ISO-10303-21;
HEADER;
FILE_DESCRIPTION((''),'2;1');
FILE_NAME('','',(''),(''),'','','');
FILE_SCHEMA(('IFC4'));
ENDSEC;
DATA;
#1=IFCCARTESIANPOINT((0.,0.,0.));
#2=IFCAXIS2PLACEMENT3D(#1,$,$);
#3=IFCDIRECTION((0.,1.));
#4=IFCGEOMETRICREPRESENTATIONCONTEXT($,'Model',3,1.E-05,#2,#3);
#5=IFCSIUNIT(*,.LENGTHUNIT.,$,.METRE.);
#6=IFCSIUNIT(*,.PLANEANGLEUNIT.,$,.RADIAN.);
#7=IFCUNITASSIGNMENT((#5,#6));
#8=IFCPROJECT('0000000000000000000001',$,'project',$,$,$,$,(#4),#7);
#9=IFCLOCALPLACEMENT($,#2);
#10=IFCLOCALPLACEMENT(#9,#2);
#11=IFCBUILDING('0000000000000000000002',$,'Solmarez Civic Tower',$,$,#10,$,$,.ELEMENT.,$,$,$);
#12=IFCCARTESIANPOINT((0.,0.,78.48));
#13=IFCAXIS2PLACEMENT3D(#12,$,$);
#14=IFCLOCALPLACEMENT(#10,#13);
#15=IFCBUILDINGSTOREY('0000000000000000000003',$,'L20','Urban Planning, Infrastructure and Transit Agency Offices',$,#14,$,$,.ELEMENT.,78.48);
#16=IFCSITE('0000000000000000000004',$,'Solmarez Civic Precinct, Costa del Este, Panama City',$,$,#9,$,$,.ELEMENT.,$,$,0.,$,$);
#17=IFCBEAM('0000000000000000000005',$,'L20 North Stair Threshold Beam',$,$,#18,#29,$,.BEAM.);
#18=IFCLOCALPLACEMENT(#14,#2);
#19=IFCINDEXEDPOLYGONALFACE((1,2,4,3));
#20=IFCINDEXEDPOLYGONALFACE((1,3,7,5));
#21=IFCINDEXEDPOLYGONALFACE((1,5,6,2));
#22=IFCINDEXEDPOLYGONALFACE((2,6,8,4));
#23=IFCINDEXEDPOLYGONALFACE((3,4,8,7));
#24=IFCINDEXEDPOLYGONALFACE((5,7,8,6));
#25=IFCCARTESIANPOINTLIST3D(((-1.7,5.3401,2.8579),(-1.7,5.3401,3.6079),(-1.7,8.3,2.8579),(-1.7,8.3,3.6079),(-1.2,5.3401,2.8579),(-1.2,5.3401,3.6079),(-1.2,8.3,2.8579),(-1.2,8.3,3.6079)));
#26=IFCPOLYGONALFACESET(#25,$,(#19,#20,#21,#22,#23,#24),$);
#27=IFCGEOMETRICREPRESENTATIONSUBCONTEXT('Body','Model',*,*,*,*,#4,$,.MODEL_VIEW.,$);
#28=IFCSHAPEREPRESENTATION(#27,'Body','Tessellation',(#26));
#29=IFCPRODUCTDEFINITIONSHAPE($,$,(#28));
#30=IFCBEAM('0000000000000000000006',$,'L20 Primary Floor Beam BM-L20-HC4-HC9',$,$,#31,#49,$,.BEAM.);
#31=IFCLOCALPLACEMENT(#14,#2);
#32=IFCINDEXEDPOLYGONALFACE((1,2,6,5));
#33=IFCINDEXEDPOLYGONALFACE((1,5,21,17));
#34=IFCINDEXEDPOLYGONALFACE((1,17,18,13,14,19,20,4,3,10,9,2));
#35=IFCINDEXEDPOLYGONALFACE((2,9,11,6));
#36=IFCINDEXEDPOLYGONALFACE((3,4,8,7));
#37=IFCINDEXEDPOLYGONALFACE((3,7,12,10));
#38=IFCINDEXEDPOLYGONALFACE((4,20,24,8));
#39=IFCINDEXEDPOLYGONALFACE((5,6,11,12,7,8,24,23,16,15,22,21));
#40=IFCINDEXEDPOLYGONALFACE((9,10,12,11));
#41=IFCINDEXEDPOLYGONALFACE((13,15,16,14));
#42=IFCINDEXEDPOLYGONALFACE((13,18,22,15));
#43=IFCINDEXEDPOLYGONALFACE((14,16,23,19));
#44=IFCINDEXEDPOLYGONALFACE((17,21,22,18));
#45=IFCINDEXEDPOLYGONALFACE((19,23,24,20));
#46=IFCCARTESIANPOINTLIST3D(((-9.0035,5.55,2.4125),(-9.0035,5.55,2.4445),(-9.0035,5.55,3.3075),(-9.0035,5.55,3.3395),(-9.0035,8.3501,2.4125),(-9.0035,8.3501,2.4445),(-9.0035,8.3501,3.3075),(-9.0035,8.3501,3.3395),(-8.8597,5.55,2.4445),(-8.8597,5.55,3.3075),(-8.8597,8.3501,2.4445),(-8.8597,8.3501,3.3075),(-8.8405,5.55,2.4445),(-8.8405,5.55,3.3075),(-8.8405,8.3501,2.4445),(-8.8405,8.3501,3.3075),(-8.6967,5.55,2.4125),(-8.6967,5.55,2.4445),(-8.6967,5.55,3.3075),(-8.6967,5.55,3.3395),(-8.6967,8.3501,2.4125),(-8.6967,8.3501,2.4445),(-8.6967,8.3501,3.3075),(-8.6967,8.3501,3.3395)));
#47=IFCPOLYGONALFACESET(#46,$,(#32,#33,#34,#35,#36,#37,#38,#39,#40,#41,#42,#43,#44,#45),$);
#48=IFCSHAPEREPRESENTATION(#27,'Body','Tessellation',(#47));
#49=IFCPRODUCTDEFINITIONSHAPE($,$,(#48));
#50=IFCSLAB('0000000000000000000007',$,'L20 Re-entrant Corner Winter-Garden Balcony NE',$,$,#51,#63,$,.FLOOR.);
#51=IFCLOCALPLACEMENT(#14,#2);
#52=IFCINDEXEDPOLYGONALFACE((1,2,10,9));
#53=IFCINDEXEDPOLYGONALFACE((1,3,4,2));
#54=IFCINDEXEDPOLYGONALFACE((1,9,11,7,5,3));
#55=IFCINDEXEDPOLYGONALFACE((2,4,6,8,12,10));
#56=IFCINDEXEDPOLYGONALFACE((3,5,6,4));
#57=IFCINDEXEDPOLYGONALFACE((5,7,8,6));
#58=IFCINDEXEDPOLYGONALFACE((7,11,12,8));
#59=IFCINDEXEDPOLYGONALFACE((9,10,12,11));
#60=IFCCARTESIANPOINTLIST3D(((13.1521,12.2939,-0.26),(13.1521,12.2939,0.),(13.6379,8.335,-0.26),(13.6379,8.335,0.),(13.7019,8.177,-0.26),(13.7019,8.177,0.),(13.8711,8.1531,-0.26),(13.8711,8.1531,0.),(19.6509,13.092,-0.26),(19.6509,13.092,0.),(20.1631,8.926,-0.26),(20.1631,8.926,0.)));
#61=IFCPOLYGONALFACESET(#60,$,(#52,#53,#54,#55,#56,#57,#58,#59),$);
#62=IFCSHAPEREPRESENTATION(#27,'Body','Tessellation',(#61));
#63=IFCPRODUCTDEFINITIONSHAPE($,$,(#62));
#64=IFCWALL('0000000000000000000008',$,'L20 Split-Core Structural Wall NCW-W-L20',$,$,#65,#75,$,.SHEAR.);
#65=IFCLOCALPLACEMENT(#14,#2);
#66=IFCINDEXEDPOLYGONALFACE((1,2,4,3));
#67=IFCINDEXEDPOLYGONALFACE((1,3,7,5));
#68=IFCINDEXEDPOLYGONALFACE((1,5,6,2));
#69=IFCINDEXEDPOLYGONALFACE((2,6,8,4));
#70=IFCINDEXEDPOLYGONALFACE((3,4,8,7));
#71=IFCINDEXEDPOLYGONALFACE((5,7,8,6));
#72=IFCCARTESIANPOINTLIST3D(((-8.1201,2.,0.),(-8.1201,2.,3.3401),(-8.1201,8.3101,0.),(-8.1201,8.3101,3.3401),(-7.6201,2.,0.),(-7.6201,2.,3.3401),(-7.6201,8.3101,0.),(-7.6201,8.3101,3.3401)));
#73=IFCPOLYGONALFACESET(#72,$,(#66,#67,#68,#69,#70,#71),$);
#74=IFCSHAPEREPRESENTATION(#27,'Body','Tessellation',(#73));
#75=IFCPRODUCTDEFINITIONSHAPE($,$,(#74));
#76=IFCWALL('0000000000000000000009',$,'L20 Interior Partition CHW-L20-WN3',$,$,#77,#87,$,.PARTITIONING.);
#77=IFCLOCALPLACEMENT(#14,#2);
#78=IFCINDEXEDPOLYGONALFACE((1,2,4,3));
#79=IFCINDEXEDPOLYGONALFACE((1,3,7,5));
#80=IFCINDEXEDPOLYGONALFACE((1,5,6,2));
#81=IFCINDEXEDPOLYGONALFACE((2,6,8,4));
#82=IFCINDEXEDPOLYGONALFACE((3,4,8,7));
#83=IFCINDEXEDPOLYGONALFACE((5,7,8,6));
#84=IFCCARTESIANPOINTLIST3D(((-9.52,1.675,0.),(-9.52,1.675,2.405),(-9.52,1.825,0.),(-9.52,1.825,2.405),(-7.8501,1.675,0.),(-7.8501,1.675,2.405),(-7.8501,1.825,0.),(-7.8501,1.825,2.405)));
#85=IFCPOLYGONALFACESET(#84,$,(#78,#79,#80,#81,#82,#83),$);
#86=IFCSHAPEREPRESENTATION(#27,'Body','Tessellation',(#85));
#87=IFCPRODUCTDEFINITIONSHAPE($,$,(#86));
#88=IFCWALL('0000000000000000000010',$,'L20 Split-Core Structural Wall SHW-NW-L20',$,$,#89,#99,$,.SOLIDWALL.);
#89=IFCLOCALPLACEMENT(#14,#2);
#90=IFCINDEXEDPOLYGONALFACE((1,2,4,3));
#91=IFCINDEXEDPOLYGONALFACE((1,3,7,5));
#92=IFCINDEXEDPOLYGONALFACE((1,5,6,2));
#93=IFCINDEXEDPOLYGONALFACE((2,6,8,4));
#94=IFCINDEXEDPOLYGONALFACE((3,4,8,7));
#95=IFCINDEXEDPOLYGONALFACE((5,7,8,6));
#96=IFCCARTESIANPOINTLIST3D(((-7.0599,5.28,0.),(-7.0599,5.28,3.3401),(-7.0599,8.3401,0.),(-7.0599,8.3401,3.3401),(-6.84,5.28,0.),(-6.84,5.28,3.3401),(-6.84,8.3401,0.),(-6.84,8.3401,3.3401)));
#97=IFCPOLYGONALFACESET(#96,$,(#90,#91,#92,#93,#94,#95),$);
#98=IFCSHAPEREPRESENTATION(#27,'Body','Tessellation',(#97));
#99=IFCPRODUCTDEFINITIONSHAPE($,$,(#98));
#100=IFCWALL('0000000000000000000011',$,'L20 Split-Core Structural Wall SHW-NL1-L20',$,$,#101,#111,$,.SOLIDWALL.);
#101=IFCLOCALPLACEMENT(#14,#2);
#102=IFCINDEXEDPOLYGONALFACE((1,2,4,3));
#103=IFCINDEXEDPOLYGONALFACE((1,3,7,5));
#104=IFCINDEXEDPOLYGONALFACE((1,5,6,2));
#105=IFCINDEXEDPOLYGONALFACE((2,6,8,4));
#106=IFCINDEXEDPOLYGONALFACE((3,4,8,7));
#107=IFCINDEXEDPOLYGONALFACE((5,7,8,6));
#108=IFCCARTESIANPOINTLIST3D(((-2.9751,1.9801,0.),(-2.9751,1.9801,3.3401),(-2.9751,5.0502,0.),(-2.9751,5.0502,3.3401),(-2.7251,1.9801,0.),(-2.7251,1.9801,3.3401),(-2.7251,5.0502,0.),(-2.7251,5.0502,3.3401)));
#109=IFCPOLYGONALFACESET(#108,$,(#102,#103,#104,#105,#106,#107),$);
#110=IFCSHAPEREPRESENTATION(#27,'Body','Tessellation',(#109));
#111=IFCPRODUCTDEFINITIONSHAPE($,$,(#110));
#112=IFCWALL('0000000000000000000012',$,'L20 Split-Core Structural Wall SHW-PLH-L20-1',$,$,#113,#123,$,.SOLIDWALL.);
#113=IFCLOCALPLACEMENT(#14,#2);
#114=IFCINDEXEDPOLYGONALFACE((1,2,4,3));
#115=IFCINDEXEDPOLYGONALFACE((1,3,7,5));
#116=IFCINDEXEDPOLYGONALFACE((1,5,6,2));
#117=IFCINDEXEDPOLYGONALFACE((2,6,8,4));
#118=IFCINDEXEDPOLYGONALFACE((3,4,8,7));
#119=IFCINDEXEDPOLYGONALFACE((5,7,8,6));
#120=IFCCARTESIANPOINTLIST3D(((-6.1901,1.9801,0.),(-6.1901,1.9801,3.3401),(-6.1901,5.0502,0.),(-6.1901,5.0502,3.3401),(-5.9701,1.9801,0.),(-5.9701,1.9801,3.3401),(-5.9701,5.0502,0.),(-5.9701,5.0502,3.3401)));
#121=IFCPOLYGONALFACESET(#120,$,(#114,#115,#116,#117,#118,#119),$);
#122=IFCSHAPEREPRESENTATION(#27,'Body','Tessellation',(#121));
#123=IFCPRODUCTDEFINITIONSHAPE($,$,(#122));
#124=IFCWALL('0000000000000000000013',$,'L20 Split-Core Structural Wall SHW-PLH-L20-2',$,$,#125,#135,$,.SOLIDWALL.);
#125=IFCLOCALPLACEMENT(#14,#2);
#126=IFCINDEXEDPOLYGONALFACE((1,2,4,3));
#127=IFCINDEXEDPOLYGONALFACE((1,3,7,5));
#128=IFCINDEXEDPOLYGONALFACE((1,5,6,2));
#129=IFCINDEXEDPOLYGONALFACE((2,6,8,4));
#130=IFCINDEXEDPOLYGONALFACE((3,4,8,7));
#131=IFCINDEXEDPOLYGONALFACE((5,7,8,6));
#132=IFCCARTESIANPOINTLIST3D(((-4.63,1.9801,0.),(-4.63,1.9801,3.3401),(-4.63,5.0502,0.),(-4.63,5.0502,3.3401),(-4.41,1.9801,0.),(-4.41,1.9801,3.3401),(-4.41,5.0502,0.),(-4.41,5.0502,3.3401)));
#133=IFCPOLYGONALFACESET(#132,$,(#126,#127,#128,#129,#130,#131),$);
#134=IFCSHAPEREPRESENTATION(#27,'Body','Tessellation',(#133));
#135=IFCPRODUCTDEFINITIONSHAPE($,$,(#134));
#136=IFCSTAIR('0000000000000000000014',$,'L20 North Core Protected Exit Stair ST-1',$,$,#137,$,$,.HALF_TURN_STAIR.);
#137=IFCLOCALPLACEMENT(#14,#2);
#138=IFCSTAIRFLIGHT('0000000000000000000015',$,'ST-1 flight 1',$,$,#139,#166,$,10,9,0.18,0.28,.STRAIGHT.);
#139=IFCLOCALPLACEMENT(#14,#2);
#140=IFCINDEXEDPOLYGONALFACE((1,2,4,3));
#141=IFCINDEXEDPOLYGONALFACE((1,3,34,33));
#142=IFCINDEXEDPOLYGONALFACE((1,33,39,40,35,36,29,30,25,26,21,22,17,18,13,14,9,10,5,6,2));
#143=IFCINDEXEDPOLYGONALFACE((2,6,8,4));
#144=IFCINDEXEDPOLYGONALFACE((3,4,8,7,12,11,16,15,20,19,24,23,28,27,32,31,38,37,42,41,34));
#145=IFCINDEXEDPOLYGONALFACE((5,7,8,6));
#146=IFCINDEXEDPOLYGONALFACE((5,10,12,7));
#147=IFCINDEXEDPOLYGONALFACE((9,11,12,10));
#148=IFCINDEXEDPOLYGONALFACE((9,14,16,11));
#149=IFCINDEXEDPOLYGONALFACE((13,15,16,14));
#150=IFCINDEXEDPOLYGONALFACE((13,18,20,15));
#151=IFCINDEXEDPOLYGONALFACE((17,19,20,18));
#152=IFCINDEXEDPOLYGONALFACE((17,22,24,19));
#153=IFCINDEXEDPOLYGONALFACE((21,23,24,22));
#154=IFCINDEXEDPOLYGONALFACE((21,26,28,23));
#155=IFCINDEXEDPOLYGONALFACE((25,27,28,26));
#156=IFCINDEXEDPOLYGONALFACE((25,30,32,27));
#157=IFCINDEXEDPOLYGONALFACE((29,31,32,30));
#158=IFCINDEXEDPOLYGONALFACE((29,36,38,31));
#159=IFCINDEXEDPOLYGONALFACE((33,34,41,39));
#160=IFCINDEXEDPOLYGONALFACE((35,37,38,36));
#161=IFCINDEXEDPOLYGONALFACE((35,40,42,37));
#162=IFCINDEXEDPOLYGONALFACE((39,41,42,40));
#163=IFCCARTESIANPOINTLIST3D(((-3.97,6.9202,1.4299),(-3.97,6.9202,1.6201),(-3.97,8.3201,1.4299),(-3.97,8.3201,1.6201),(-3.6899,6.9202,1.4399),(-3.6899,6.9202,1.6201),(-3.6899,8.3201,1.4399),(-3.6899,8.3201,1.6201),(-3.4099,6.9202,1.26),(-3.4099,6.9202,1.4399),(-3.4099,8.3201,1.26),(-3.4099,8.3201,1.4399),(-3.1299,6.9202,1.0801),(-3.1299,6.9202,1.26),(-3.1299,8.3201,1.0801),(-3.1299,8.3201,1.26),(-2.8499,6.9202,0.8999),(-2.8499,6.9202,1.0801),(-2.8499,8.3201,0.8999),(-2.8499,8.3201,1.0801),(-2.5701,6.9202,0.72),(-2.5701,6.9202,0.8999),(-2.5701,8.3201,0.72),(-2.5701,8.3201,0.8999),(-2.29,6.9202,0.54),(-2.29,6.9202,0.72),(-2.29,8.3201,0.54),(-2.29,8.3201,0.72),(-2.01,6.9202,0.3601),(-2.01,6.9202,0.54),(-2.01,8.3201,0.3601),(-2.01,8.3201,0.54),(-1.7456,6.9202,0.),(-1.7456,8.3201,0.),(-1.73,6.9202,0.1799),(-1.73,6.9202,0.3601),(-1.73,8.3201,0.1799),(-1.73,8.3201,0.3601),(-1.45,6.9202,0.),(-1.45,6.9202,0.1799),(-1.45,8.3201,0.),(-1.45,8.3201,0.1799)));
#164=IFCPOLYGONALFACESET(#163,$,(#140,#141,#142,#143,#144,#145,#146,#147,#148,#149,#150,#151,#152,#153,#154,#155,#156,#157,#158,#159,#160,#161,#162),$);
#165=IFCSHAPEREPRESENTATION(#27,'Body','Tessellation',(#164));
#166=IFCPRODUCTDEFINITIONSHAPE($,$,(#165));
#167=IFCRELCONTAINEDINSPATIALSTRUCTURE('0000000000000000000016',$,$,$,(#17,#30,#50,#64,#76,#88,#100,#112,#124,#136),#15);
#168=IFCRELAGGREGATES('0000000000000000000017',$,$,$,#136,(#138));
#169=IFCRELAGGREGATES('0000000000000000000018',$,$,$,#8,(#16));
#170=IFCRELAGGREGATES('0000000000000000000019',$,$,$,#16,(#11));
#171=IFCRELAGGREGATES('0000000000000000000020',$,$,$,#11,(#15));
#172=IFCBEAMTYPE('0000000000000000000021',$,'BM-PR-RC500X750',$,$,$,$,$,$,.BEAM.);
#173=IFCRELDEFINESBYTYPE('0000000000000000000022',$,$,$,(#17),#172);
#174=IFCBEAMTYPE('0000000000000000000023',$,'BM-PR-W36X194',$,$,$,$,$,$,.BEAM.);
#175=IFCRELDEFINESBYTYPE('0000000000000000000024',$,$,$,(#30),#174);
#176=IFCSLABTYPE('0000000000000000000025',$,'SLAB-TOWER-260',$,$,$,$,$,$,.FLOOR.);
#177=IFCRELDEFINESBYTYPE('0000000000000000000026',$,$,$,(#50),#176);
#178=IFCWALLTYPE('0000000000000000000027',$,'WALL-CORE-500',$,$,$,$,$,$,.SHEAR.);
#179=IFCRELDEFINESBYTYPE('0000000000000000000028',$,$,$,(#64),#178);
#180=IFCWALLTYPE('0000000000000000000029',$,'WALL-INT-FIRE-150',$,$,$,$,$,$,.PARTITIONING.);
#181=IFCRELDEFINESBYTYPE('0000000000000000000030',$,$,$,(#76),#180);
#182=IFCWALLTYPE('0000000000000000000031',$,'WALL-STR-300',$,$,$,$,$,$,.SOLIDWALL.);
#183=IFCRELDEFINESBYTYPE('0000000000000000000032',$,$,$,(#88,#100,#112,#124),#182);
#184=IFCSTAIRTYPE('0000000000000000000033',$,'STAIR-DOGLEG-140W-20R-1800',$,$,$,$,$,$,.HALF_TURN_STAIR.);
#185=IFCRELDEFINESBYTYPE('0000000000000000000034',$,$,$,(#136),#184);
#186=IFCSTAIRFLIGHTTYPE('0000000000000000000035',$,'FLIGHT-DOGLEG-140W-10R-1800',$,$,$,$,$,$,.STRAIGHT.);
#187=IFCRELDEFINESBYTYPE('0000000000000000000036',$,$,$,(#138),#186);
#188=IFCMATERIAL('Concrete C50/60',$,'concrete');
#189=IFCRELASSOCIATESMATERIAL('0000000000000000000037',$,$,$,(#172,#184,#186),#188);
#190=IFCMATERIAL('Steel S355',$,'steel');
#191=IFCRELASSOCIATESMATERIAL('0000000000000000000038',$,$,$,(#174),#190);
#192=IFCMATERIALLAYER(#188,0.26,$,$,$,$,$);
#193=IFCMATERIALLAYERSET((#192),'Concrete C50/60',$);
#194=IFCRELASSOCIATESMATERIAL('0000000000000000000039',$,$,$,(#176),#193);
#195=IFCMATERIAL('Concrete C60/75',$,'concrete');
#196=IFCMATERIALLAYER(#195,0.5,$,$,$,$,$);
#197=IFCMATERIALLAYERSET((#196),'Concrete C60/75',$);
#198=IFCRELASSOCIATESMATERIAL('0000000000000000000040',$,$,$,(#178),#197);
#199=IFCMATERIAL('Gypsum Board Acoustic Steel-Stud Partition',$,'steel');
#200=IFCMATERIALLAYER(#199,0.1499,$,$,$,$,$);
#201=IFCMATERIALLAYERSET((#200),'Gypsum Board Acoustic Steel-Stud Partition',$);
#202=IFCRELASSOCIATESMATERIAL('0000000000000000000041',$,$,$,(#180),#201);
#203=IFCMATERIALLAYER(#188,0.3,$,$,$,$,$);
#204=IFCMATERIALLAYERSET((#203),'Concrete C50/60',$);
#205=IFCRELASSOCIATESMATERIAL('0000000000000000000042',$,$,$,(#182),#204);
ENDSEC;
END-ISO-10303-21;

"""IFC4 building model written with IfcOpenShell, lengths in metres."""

from ifc_helpers import new_model, si_unit, direction, frame, frame_2d, origin, origin_2d, place, context, subcontext, project, spatial, polyline, rectangle, i_section, outline, extrude, material, layer, layer_set, material_profile, profile_set, type_object, element, aggregate, save


model = new_model("IFC4")

# Units and contexts
model_context = context("Model", 3, precision=1e-05, world=origin(), true_north=direction((0.0, 1.0)))
body_context = subcontext(model_context, "Body", "Model", "MODEL_VIEW")
ifc_project = project(units=[si_unit("LENGTHUNIT", "METRE"), si_unit("PLANEANGLEUNIT", "RADIAN")], contexts=[model_context])

# Site, building, storey
site_placement = place(None, origin())
site = spatial("IfcSite", under=ifc_project, at=site_placement, Name="Solmarez Civic Precinct, Costa del Este, Panama City", CompositionType="ELEMENT", RefElevation=0.0)
building_placement = place(site_placement, origin())
building = spatial("IfcBuilding", under=site, at=building_placement, Name="Solmarez Civic Tower", CompositionType="ELEMENT")
storey_placement = place(building_placement, frame((0.0, 0.0, 78.48)))
storey = spatial("IfcBuildingStorey", under=building, at=storey_placement, Name="L20", Description="Urban Planning, Infrastructure and Transit Agency Offices", CompositionType="ELEMENT", Elevation=78.48)

# Beams
ifc_material_1 = material(Name="Concrete C50/60", Category="concrete")
ifc_material_profile_1 = material_profile(ifc_material_1, rectangle(XDim=0.5, YDim=0.75, at=origin_2d()), Name="RC500X750")
ifc_profile_set_1 = profile_set([ifc_material_profile_1], Name="Concrete C50/60")
beam_type_1 = type_object("IfcBeamType", Name="BM-PR-RC500X750", PredefinedType="BEAM", material=ifc_profile_set_1)
beam_1_placement = place(storey_placement, frame((-1.45, 5.3401, 3.2329), z_axis=(0.0, 1.0, 0.0), x_axis=(-1.0, 0.0, 0.0)))
element("IfcBeam", 1, at=beam_1_placement, inside=storey, type_object=beam_type_1, Name="L20 North Stair Threshold Beam", PredefinedType="BEAM", context=body_context, shape_type="SweptSolid", body=[
    extrude(rectangle(XDim=0.5, YDim=0.75, at=origin_2d()), origin(), (0.0, 0.0, 1.0), 2.96),
])
ifc_material_2 = material(Name="Steel S355", Category="steel")
ifc_material_profile_2 = material_profile(ifc_material_2, i_section(OverallWidth=0.3069, OverallDepth=0.927, WebThickness=0.0193, FlangeThickness=0.032, at=origin_2d()), Name="W36X194")
ifc_profile_set_2 = profile_set([ifc_material_profile_2], Name="Steel S355")
beam_type_2 = type_object("IfcBeamType", Name="BM-PR-W36X194", PredefinedType="BEAM", material=ifc_profile_set_2)
beam_2_placement = place(storey_placement, frame((-8.8501, 5.55, 2.876), z_axis=(0.0, 1.0, 0.0), x_axis=(-1.0, 0.0, 0.0)))
element("IfcBeam", 2, at=beam_2_placement, inside=storey, type_object=beam_type_2, Name="L20 Primary Floor Beam BM-L20-HC4-HC9", PredefinedType="BEAM", context=body_context, shape_type="SweptSolid", body=[
    extrude(i_section(OverallWidth=0.3069, OverallDepth=0.927, WebThickness=0.0193, FlangeThickness=0.032, at=origin_2d()), origin(), (0.0, 0.0, 1.0), 2.8),
])

# Slab
ifc_layer_1 = layer(ifc_material_1, 0.26)
ifc_layer_set_1 = layer_set([ifc_layer_1], Name="Concrete C50/60")
slab_type = type_object("IfcSlabType", Name="SLAB-TOWER-260", PredefinedType="FLOOR", material=ifc_layer_set_1)
slab_placement = place(storey_placement, frame((0.0, 0.0, -0.26)))
element("IfcSlab", 3, at=slab_placement, inside=storey, type_object=slab_type, Name="L20 Re-entrant Corner Winter-Garden Balcony NE", PredefinedType="FLOOR", context=body_context, shape_type="SweptSolid", body=[
    extrude(outline(polyline([(13.1521, 12.2939), (13.6379, 8.335), (13.7019, 8.177), (13.8711, 8.1531), (20.1631, 8.926), (19.6509, 13.092), (13.1521, 12.2939)])), origin(), (0.0, 0.0, 1.0), 0.26),
])

# Walls
ifc_material_3 = material(Name="Concrete C60/75", Category="concrete")
ifc_layer_2 = layer(ifc_material_3, 0.5)
ifc_layer_set_2 = layer_set([ifc_layer_2], Name="Concrete C60/75")
wall_type_1 = type_object("IfcWallType", Name="WALL-CORE-500", PredefinedType="SHEAR", material=ifc_layer_set_2)
wall_1_placement = place(storey_placement, frame((-7.8701, 2.0, 0.0), z_axis=(0.0, 0.0, 1.0), x_axis=(0.0, 1.0, 0.0)))
element("IfcWall", 4, at=wall_1_placement, inside=storey, type_object=wall_type_1, Name="L20 Split-Core Structural Wall NCW-W-L20", PredefinedType="SHEAR", context=body_context, shape_type="SweptSolid", body=[
    extrude(rectangle(XDim=6.3101, YDim=0.5, at=frame_2d((3.155, 0.0))), origin(), (0.0, 0.0, 1.0), 3.3401),
])
ifc_material_4 = material(Name="Gypsum Board Acoustic Steel-Stud Partition", Category="steel")
ifc_layer_3 = layer(ifc_material_4, 0.1499)
ifc_layer_set_3 = layer_set([ifc_layer_3], Name="Gypsum Board Acoustic Steel-Stud Partition")
wall_type_2 = type_object("IfcWallType", Name="WALL-INT-FIRE-150", PredefinedType="PARTITIONING", material=ifc_layer_set_3)
wall_2_placement = place(storey_placement, frame((-7.8501, 1.75, 0.0), z_axis=(0.0, 0.0, 1.0), x_axis=(-1.0, 0.0, 0.0)))
element("IfcWall", 5, at=wall_2_placement, inside=storey, type_object=wall_type_2, Name="L20 Interior Partition CHW-L20-WN3", PredefinedType="PARTITIONING", context=body_context, shape_type="SweptSolid", body=[
    extrude(rectangle(XDim=1.6699, YDim=0.1499, at=frame_2d((0.835, 0.0))), origin(), (0.0, 0.0, 1.0), 2.405),
])
ifc_layer_4 = layer(ifc_material_1, 0.3)
ifc_layer_set_4 = layer_set([ifc_layer_4], Name="Concrete C50/60")
wall_type_3 = type_object("IfcWallType", Name="WALL-STR-300", PredefinedType="SOLIDWALL", material=ifc_layer_set_4)
wall_3_placement = place(storey_placement, frame((-6.95, 5.28, 0.0), z_axis=(0.0, 0.0, 1.0), x_axis=(0.0, 1.0, 0.0)))
element("IfcWall", 6, at=wall_3_placement, inside=storey, type_object=wall_type_3, Name="L20 Split-Core Structural Wall SHW-NW-L20", PredefinedType="SOLIDWALL", context=body_context, shape_type="SweptSolid", body=[
    extrude(rectangle(XDim=3.0601, YDim=0.22, at=frame_2d((1.53, 0.0))), origin(), (0.0, 0.0, 1.0), 3.3401),
])
wall_4_placement = place(storey_placement, frame((-2.8501, 1.98, 0.0), z_axis=(0.0, 0.0, 1.0), x_axis=(0.0, 1.0, 0.0)))
element("IfcWall", 7, at=wall_4_placement, inside=storey, type_object=wall_type_3, Name="L20 Split-Core Structural Wall SHW-NL1-L20", PredefinedType="SOLIDWALL", context=body_context, shape_type="SweptSolid", body=[
    extrude(rectangle(XDim=3.0701, YDim=0.25, at=frame_2d((1.5352, 0.0))), origin(), (0.0, 0.0, 1.0), 3.3401),
])
for number, where, z_axis, x_axis, name in (
    (8, (-6.0801, 1.98, 0.0), (0.0, 0.0, 1.0), (0.0, 1.0, 0.0), "L20 Split-Core Structural Wall SHW-PLH-L20-1"),
    (9, (-4.52, 1.98, 0.0), (0.0, 0.0, 1.0), (0.0, 1.0, 0.0), "L20 Split-Core Structural Wall SHW-PLH-L20-2"),
):
    element("IfcWall", number, at=place(storey_placement, frame(where, z_axis=z_axis, x_axis=x_axis)), inside=storey, type_object=wall_type_3, Name=name, PredefinedType="SOLIDWALL", context=body_context, shape_type="SweptSolid", body=[
        extrude(rectangle(XDim=3.0701, YDim=0.22, at=frame_2d((1.5352, 0.0))), origin(), (0.0, 0.0, 1.0), 3.3401),
    ])

# Stair, stair flight
stair_type = type_object("IfcStairType", Name="STAIR-DOGLEG-140W-20R-1800", PredefinedType="HALF_TURN_STAIR", material=ifc_material_1)
stair_placement = place(storey_placement, origin())
stair = element("IfcStair", 10, at=stair_placement, inside=storey, type_object=stair_type, Name="L20 North Core Protected Exit Stair ST-1", PredefinedType="HALF_TURN_STAIR")
stair_flight_type = type_object("IfcStairFlightType", Name="FLIGHT-DOGLEG-140W-10R-1800", PredefinedType="STRAIGHT", material=ifc_material_1)
stair_flight_1_placement = place(storey_placement, frame((-1.45, 7.6201, 0.0), z_axis=(0.0, 0.0, 1.0), x_axis=(-1.0, 0.0, 0.0)))
stair_flight_1 = element("IfcStairFlight", 11, at=stair_flight_1_placement, type_object=stair_flight_type, Name="ST-1 flight 1", NumberOfRisers=10, NumberOfTreads=9, PredefinedType="STRAIGHT", RiserHeight=0.18, TreadLength=0.28, context=body_context, shape_type="SweptSolid", body=[
    extrude(outline(polyline([(0.0, 0.0), (0.0, 0.1799), (0.28, 0.1799), (0.28, 0.3601), (0.5601, 0.3601), (0.5601, 0.54), (0.8401, 0.54), (0.8401, 0.72), (1.1201, 0.72), (1.1201, 0.8999), (1.3999, 0.8999), (1.3999, 1.0801), (1.6799, 1.0801), (1.6799, 1.26), (1.96, 1.26), (1.96, 1.4399), (2.24, 1.4399), (2.24, 1.6201), (2.52, 1.6201), (2.52, 1.8), (2.52, 1.4299), (0.2957, 0.0), (0.0, 0.0)])), frame((0.0, 0.7, 0.0), z_axis=(0.0, -1.0, 0.0), x_axis=(1.0, 0.0, 0.0)), (0.0, 0.0, 1.0), 1.3999),
])
aggregate(stair, [stair_flight_1])

save(model, "model.ifc")
